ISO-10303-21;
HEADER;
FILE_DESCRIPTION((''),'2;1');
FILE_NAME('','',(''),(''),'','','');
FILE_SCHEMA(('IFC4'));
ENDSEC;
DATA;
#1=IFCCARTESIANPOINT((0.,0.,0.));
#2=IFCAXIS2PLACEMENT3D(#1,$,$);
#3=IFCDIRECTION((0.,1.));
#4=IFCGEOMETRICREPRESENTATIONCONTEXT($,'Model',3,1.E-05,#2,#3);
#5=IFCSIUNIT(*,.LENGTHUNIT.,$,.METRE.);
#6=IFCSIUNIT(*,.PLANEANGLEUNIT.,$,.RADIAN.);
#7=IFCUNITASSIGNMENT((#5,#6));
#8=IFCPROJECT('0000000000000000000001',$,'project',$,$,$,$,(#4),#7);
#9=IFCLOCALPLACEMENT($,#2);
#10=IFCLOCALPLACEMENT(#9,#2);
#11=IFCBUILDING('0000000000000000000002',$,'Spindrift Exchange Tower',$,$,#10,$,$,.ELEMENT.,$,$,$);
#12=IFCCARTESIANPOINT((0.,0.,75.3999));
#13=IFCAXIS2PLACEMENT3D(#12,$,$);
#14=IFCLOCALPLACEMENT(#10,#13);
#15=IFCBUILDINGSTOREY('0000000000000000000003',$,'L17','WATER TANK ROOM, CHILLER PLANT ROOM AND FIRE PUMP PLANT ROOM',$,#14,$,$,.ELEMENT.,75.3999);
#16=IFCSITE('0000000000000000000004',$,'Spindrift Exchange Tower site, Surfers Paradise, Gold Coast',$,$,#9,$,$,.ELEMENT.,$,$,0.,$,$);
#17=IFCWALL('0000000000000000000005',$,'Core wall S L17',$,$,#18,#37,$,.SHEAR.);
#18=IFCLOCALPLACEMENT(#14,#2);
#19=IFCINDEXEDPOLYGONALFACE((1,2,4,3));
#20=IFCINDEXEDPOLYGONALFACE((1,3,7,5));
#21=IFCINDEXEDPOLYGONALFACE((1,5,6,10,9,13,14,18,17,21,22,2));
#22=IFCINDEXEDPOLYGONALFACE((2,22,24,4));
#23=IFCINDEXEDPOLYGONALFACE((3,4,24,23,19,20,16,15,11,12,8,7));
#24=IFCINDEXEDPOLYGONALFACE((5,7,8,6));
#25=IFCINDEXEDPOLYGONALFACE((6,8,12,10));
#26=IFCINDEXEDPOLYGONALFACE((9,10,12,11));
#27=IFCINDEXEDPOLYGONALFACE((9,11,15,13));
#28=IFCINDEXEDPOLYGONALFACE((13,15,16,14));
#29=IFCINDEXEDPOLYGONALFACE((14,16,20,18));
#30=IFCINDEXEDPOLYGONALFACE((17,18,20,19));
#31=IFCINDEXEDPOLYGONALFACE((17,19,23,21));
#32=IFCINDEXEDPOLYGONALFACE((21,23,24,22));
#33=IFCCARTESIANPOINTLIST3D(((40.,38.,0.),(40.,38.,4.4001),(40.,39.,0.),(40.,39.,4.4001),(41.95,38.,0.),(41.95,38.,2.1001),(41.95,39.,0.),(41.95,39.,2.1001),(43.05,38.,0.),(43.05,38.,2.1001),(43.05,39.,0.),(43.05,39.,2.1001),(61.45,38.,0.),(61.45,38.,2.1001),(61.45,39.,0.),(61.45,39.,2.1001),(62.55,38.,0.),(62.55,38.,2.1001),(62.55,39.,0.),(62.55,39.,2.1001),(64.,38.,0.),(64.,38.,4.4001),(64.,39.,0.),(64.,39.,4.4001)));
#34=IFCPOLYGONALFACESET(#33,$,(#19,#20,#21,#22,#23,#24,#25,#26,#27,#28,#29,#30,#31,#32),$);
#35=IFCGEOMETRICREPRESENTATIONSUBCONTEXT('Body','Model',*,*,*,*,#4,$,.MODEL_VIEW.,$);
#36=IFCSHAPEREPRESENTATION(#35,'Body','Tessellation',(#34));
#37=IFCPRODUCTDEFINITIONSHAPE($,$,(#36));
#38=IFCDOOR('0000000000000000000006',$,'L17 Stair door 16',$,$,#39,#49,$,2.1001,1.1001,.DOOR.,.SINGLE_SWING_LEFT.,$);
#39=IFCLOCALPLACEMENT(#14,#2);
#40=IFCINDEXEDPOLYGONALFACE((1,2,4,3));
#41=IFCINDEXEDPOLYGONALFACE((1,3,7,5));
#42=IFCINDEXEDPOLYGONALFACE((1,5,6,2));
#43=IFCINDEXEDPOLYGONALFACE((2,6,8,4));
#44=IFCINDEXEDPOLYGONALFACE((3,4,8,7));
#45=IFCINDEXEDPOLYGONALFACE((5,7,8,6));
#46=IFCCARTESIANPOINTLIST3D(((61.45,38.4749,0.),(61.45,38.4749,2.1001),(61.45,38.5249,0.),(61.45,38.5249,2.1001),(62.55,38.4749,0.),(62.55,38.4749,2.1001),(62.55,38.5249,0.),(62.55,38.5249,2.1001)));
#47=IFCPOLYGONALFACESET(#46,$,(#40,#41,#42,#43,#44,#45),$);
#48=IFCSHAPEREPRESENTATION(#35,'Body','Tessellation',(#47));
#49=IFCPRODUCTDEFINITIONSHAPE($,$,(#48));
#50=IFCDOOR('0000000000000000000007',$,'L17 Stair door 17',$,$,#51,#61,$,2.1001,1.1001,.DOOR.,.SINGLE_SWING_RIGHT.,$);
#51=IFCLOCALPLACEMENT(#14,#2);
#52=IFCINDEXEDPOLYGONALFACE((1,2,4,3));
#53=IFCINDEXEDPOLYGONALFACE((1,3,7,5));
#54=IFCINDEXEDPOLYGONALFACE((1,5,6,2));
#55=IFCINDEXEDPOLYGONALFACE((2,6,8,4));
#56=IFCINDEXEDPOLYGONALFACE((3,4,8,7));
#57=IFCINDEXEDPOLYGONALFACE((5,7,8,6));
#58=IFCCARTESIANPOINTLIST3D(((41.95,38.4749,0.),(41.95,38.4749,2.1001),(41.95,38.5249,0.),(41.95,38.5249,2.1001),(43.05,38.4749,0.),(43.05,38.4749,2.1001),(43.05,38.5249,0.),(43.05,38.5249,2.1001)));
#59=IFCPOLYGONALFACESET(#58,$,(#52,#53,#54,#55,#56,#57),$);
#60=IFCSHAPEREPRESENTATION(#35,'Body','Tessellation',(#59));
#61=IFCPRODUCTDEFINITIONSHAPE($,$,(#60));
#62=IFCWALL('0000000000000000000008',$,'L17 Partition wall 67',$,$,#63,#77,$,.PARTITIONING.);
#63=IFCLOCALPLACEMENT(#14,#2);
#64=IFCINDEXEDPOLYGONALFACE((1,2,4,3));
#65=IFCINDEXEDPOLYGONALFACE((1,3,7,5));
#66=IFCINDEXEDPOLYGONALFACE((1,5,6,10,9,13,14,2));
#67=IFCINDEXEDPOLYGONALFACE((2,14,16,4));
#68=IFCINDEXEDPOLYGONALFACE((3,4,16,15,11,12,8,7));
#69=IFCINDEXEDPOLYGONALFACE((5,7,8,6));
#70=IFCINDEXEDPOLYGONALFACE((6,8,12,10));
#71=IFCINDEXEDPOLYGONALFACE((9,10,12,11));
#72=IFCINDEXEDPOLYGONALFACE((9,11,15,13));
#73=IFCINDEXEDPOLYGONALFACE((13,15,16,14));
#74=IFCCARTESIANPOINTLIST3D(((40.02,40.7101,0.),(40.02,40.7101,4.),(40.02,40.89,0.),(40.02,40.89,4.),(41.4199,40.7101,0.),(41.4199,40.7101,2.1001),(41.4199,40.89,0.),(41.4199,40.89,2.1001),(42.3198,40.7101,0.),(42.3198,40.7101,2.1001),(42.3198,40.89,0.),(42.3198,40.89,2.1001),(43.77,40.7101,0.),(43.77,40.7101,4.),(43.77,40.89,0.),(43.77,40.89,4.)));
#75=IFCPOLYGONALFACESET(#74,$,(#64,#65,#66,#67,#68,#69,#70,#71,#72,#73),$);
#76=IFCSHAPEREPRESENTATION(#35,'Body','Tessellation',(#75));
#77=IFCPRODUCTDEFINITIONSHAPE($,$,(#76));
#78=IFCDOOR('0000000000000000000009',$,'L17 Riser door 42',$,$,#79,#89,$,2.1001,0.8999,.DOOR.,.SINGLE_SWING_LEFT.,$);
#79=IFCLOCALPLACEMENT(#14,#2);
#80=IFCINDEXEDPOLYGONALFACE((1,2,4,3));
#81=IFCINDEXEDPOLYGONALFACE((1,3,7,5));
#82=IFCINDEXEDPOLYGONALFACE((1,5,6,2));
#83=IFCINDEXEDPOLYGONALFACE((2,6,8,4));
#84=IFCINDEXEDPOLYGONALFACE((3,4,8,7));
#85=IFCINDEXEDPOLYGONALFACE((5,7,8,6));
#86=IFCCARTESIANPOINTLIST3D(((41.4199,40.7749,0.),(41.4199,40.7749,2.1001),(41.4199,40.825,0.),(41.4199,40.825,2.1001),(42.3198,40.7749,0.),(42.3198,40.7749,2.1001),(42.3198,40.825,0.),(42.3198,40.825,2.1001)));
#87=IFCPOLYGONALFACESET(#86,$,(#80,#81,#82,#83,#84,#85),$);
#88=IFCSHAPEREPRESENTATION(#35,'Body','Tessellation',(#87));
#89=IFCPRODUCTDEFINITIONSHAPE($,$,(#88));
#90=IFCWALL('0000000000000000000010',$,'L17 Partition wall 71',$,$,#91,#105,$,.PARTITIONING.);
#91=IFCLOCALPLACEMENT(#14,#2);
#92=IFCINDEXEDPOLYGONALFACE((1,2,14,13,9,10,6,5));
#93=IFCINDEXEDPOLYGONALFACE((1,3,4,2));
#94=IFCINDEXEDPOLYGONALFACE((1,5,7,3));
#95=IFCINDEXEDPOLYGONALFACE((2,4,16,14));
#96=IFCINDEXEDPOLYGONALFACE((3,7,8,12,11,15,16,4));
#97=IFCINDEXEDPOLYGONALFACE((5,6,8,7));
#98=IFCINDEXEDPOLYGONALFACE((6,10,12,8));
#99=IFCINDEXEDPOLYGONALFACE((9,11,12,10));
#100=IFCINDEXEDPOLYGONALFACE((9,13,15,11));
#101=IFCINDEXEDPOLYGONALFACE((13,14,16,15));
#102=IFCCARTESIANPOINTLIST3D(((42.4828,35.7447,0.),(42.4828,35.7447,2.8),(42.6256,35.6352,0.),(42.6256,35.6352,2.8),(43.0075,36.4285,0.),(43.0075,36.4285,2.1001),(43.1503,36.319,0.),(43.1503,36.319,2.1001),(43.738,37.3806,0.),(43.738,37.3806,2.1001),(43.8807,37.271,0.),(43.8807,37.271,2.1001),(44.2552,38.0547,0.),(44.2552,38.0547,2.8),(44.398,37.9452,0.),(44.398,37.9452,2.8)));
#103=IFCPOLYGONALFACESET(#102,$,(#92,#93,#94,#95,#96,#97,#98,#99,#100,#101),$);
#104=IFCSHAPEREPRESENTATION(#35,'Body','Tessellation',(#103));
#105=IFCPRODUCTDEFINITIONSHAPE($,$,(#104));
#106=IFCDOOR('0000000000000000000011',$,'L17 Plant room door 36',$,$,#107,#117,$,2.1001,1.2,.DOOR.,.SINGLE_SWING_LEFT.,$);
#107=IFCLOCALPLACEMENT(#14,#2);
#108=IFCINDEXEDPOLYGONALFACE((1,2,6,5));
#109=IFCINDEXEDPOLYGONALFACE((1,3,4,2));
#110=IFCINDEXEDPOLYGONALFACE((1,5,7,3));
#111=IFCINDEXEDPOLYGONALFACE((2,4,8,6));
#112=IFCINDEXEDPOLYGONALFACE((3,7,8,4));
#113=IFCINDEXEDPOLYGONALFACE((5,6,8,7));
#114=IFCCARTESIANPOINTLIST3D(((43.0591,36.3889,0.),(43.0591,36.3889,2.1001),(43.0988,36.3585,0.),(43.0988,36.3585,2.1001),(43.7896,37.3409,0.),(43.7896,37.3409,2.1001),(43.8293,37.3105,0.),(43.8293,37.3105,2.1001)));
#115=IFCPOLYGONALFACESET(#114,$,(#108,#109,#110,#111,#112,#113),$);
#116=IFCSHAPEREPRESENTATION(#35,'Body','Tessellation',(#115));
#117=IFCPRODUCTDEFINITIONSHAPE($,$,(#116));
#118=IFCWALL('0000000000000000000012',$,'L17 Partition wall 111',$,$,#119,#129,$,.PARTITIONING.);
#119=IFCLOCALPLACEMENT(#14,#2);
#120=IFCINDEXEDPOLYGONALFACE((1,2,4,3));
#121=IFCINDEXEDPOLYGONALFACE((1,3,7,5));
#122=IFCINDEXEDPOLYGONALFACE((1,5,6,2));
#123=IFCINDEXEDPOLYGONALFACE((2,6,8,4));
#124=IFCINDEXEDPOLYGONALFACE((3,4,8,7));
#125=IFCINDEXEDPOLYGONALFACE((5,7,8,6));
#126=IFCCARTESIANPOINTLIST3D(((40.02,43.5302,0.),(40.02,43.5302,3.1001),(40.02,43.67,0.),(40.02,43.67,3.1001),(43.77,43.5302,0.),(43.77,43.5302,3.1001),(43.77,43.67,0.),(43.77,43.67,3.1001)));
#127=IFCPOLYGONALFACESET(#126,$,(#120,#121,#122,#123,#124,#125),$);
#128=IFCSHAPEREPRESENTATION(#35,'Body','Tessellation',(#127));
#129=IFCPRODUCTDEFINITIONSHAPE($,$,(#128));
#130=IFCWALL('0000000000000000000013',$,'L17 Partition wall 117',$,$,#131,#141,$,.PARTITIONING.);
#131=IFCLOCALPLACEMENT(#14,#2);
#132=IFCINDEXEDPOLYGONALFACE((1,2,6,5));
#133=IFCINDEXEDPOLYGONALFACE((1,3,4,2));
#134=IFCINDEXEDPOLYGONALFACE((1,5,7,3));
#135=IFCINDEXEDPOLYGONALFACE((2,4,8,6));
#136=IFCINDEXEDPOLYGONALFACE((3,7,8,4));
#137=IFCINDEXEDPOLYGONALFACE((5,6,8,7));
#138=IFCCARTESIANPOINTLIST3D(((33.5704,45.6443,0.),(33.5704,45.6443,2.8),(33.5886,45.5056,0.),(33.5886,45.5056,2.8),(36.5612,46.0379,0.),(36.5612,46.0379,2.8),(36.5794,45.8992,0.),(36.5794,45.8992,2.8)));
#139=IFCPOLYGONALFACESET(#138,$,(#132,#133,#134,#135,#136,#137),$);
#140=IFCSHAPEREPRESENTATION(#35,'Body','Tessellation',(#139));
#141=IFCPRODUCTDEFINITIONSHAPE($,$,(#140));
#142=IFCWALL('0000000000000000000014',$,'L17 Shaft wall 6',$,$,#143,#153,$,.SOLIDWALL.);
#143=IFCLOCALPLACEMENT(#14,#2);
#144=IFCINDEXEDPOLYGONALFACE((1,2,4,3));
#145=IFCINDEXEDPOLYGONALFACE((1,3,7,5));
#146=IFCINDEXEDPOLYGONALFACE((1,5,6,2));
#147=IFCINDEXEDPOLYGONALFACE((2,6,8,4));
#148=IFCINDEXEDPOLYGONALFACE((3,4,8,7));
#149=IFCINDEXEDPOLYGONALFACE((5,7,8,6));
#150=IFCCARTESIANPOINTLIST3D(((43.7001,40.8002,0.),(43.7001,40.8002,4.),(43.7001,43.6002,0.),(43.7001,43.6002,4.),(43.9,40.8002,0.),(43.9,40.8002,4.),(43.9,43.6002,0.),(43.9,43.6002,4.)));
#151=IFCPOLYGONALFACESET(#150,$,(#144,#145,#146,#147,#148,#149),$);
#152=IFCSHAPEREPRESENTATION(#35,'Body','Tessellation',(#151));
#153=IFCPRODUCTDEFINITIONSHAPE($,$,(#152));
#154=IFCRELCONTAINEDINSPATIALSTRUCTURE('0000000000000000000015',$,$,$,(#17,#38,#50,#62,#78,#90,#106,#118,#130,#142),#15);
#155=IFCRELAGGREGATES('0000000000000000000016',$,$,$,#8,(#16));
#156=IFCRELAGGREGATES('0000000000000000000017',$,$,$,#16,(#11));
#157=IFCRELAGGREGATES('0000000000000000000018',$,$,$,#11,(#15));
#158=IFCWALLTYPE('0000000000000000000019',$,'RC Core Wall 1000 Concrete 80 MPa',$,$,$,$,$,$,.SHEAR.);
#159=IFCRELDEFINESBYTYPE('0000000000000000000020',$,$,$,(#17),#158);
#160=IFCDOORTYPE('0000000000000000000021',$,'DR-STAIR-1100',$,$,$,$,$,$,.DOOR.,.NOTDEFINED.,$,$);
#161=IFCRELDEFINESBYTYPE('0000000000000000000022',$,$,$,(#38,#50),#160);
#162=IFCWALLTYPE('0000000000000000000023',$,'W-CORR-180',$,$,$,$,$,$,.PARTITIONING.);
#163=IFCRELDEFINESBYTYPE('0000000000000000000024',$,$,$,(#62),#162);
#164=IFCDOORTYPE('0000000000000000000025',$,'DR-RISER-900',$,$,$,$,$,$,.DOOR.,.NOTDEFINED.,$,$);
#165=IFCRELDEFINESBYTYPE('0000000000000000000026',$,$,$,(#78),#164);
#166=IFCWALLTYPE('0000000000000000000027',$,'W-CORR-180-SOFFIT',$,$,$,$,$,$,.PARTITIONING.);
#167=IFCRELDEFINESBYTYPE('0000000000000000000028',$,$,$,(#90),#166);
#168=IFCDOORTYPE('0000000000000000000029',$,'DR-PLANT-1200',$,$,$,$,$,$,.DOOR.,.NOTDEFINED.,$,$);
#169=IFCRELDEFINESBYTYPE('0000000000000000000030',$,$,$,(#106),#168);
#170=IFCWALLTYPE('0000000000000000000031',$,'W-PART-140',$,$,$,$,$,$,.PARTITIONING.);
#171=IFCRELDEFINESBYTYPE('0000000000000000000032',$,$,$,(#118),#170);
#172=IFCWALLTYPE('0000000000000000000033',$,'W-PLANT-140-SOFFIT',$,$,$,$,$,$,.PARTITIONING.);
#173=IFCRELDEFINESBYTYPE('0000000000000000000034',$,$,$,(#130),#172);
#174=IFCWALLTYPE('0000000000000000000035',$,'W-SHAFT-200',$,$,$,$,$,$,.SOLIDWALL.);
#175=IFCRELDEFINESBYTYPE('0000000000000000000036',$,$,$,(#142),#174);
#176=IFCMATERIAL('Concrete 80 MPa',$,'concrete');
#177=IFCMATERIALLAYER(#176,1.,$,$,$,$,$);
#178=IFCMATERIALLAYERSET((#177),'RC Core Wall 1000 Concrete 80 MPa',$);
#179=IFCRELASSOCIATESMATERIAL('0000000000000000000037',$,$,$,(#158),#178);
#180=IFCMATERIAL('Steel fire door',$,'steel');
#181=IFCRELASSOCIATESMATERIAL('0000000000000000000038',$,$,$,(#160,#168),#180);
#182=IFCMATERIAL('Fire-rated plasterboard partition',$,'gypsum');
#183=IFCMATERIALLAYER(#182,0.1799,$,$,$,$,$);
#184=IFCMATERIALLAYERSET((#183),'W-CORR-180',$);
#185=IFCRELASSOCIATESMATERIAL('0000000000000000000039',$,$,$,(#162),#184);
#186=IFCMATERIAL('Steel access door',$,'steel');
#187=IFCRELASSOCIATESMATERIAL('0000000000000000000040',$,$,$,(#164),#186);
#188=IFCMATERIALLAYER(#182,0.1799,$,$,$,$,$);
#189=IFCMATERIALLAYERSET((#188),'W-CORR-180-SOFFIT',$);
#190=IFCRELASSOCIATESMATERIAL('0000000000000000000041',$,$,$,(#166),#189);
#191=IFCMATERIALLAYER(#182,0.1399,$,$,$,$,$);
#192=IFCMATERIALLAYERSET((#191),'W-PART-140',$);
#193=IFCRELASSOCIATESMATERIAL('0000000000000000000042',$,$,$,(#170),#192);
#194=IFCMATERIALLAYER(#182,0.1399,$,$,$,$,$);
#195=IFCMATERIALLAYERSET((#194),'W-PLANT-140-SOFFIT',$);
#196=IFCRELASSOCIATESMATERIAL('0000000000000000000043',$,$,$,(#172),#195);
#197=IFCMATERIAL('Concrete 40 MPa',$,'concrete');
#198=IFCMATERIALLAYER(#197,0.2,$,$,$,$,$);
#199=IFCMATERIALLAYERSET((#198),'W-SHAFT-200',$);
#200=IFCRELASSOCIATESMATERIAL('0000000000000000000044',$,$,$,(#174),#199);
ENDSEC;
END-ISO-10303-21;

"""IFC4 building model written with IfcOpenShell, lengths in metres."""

from ifc_helpers import new_model, si_unit, direction, frame, frame_2d, origin, place, context, subcontext, project, spatial, rectangle, extrude, source, transform, mapped, material, layer, layer_set, type_object, element, fill, save


model = new_model("IFC4")

# Units and contexts
model_context = context("Model", 3, precision=1e-05, world=origin(), true_north=direction((0.0, 1.0)))
body_context = subcontext(model_context, "Body", "Model", "MODEL_VIEW")
ifc_project = project(units=[si_unit("LENGTHUNIT", "METRE"), si_unit("PLANEANGLEUNIT", "RADIAN")], contexts=[model_context])

# Site, building, storey
site_placement = place(None, origin())
site = spatial("IfcSite", under=ifc_project, at=site_placement, Name="Spindrift Exchange Tower site, Surfers Paradise, Gold Coast", CompositionType="ELEMENT", RefElevation=0.0)
building_placement = place(site_placement, origin())
building = spatial("IfcBuilding", under=site, at=building_placement, Name="Spindrift Exchange Tower", CompositionType="ELEMENT")
storey_placement = place(building_placement, frame((0.0, 0.0, 75.3999)))
storey = spatial("IfcBuildingStorey", under=building, at=storey_placement, Name="L17", Description="WATER TANK ROOM, CHILLER PLANT ROOM AND FIRE PUMP PLANT ROOM", CompositionType="ELEMENT", Elevation=75.3999)

# Wall, openings, doors
ifc_material_1 = material(Name="Concrete 80 MPa", Category="concrete")
ifc_layer_1 = layer(ifc_material_1, 1.0)
ifc_layer_set_1 = layer_set([ifc_layer_1], Name="RC Core Wall 1000 Concrete 80 MPa")
wall_type_1 = type_object("IfcWallType", Name="RC Core Wall 1000 Concrete 80 MPa", PredefinedType="SHEAR", material=ifc_layer_set_1)
wall_1_placement = place(storey_placement, frame((40.0, 38.5, 0.0), z_axis=(0.0, 0.0, 1.0), x_axis=(1.0, 0.0, 0.0)))
wall_1 = element("IfcWall", 1, at=wall_1_placement, inside=storey, type_object=wall_type_1, Name="Core wall S L17", PredefinedType="SHEAR", context=body_context, shape_type="SweptSolid", body=[
    extrude(rectangle(XDim=24.0, YDim=1.0, at=frame_2d((12.0, 0.0))), origin(), (0.0, 0.0, 1.0), 4.4001),
])
opening_1_placement = place(wall_1_placement, frame((21.45, 0.0, 0.0)))
opening_1 = element("IfcOpeningElement", 2, at=opening_1_placement, cuts=wall_1, PredefinedType="OPENING", context=body_context, shape_type="SweptSolid", body=[
    extrude(rectangle(XDim=1.1001, YDim=2.1001, at=frame_2d((0.55, 1.05))), frame((0.0, 0.51, 0.0), z_axis=(0.0, -1.0, 0.0), x_axis=(1.0, 0.0, 0.0)), (0.0, 0.0, 1.0), 1.02),
])
opening_2_placement = place(wall_1_placement, frame((1.95, 0.0, 0.0)))
opening_2 = element("IfcOpeningElement", 3, at=opening_2_placement, cuts=wall_1, PredefinedType="OPENING", context=body_context, shape_type="SweptSolid", body=[
    extrude(rectangle(XDim=1.1001, YDim=2.1001, at=frame_2d((0.55, 1.05))), frame((0.0, 0.51, 0.0), z_axis=(0.0, -1.0, 0.0), x_axis=(1.0, 0.0, 0.0)), (0.0, 0.0, 1.0), 1.02),
])
ifc_material_2 = material(Name="Steel fire door", Category="steel")
door_type_1 = type_object("IfcDoorType", Name="DR-STAIR-1100", OperationType="NOTDEFINED", PredefinedType="DOOR", material=ifc_material_2)
shared_shape_1 = source(origin(), body_context, "Body", "SweptSolid", [
    extrude(rectangle(XDim=1.1001, YDim=2.1001, at=frame_2d((0.55, 1.05))), frame((0.0, 0.0249, 0.0), z_axis=(0.0, -1.0, 0.0), x_axis=(1.0, 0.0, 0.0)), (0.0, 0.0, 1.0), 0.05),
])
door_1_placement = place(opening_1_placement, origin())
door_1 = element("IfcDoor", 4, at=door_1_placement, inside=storey, type_object=door_type_1, Name="L17 Stair door 16", OperationType="SINGLE_SWING_LEFT", OverallHeight=2.1001, OverallWidth=1.1001, PredefinedType="DOOR", context=body_context, shape_type="MappedRepresentation", body=[
    mapped(shared_shape_1, transform((0.0, 0.0, 0.0), scale=1.0)),
])
fill(opening_1, door_1)
door_2_placement = place(opening_2_placement, origin())
door_2 = element("IfcDoor", 5, at=door_2_placement, inside=storey, type_object=door_type_1, Name="L17 Stair door 17", OperationType="SINGLE_SWING_RIGHT", OverallHeight=2.1001, OverallWidth=1.1001, PredefinedType="DOOR", context=body_context, shape_type="MappedRepresentation", body=[
    mapped(shared_shape_1, transform((0.0, 0.0, 0.0), scale=1.0)),
])
fill(opening_2, door_2)

# Walls, openings, doors
ifc_material_3 = material(Name="Fire-rated plasterboard partition", Category="gypsum")
ifc_layer_2 = layer(ifc_material_3, 0.1799)
ifc_layer_set_2 = layer_set([ifc_layer_2], Name="W-CORR-180")
wall_type_2 = type_object("IfcWallType", Name="W-CORR-180", PredefinedType="PARTITIONING", material=ifc_layer_set_2)
wall_2_placement = place(storey_placement, frame((40.02, 40.8, 0.0), z_axis=(0.0, 0.0, 1.0), x_axis=(1.0, 0.0, 0.0)))
wall_2 = element("IfcWall", 6, at=wall_2_placement, inside=storey, type_object=wall_type_2, Name="L17 Partition wall 67", PredefinedType="PARTITIONING", context=body_context, shape_type="SweptSolid", body=[
    extrude(rectangle(XDim=3.75, YDim=0.1799, at=frame_2d((1.875, 0.0))), origin(), (0.0, 0.0, 1.0), 4.0),
])
opening_3_placement = place(wall_2_placement, frame((1.3999, 0.0, 0.0)))
opening_3 = element("IfcOpeningElement", 7, at=opening_3_placement, cuts=wall_2, PredefinedType="OPENING", context=body_context, shape_type="SweptSolid", body=[
    extrude(rectangle(XDim=0.8999, YDim=2.1001, at=frame_2d((0.45, 1.05))), frame((0.0, 0.0999, 0.0), z_axis=(0.0, -1.0, 0.0), x_axis=(1.0, 0.0, 0.0)), (0.0, 0.0, 1.0), 0.2),
])
ifc_material_4 = material(Name="Steel access door", Category="steel")
door_type_2 = type_object("IfcDoorType", Name="DR-RISER-900", OperationType="NOTDEFINED", PredefinedType="DOOR", material=ifc_material_4)
shared_shape_2 = source(origin(), body_context, "Body", "SweptSolid", [
    extrude(rectangle(XDim=0.8999, YDim=2.1001, at=frame_2d((0.45, 1.05))), frame((0.0, 0.0249, 0.0), z_axis=(0.0, -1.0, 0.0), x_axis=(1.0, 0.0, 0.0)), (0.0, 0.0, 1.0), 0.05),
])
door_3_placement = place(opening_3_placement, origin())
door_3 = element("IfcDoor", 8, at=door_3_placement, inside=storey, type_object=door_type_2, Name="L17 Riser door 42", OperationType="SINGLE_SWING_LEFT", OverallHeight=2.1001, OverallWidth=0.8999, PredefinedType="DOOR", context=body_context, shape_type="MappedRepresentation", body=[
    mapped(shared_shape_2, transform((0.0, 0.0, 0.0), scale=1.0)),
])
fill(opening_3, door_3)
ifc_layer_3 = layer(ifc_material_3, 0.1799)
ifc_layer_set_3 = layer_set([ifc_layer_3], Name="W-CORR-180-SOFFIT")
wall_type_3 = type_object("IfcWallType", Name="W-CORR-180-SOFFIT", PredefinedType="PARTITIONING", material=ifc_layer_set_3)
wall_3_placement = place(storey_placement, frame((42.5542, 35.6899, 0.0), z_axis=(0.0, 0.0, 1.0), x_axis=(0.608738, 0.793371, 0.0)))
wall_3 = element("IfcWall", 9, at=wall_3_placement, inside=storey, type_object=wall_type_3, Name="L17 Partition wall 71", PredefinedType="PARTITIONING", context=body_context, shape_type="SweptSolid", body=[
    extrude(rectangle(XDim=2.9116, YDim=0.1799, at=frame_2d((1.4558, 0.0))), origin(), (0.0, 0.0, 1.0), 2.8),
])
opening_4_placement = place(wall_3_placement, frame((0.8618, 0.0, 0.0)))
opening_4 = element("IfcOpeningElement", 10, at=opening_4_placement, cuts=wall_3, PredefinedType="OPENING", context=body_context, shape_type="SweptSolid", body=[
    extrude(rectangle(XDim=1.2, YDim=2.1001, at=frame_2d((0.6001, 1.05))), frame((0.0, 0.0999, 0.0), z_axis=(0.0, -1.0, 0.0), x_axis=(1.0, 0.0, 0.0)), (0.0, 0.0, 1.0), 0.2),
])
door_type_3 = type_object("IfcDoorType", Name="DR-PLANT-1200", OperationType="NOTDEFINED", PredefinedType="DOOR", material=ifc_material_2)
shared_shape_3 = source(origin(), body_context, "Body", "SweptSolid", [
    extrude(rectangle(XDim=1.2, YDim=2.1001, at=frame_2d((0.6001, 1.05))), frame((0.0, 0.0249, 0.0), z_axis=(0.0, -1.0, 0.0), x_axis=(1.0, 0.0, 0.0)), (0.0, 0.0, 1.0), 0.05),
])
door_4_placement = place(opening_4_placement, origin())
door_4 = element("IfcDoor", 11, at=door_4_placement, inside=storey, type_object=door_type_3, Name="L17 Plant room door 36", OperationType="SINGLE_SWING_LEFT", OverallHeight=2.1001, OverallWidth=1.2, PredefinedType="DOOR", context=body_context, shape_type="MappedRepresentation", body=[
    mapped(shared_shape_3, transform((0.0, 0.0, 0.0), scale=1.0)),
])
fill(opening_4, door_4)

# Walls
ifc_layer_4 = layer(ifc_material_3, 0.1399)
ifc_layer_set_4 = layer_set([ifc_layer_4], Name="W-PART-140")
wall_type_4 = type_object("IfcWallType", Name="W-PART-140", PredefinedType="PARTITIONING", material=ifc_layer_set_4)
wall_4_placement = place(storey_placement, frame((43.77, 43.6001, 0.0), z_axis=(0.0, 0.0, 1.0), x_axis=(-1.0, 0.0, 0.0)))
element("IfcWall", 12, at=wall_4_placement, inside=storey, type_object=wall_type_4, Name="L17 Partition wall 111", PredefinedType="PARTITIONING", context=body_context, shape_type="SweptSolid", body=[
    extrude(rectangle(XDim=3.75, YDim=0.1399, at=frame_2d((1.875, 0.0))), origin(), (0.0, 0.0, 1.0), 3.1001),
])
ifc_layer_5 = layer(ifc_material_3, 0.1399)
ifc_layer_set_5 = layer_set([ifc_layer_5], Name="W-PLANT-140-SOFFIT")
wall_type_5 = type_object("IfcWallType", Name="W-PLANT-140-SOFFIT", PredefinedType="PARTITIONING", material=ifc_layer_set_5)
wall_5_placement = place(storey_placement, frame((36.5703, 45.9685, 0.0), z_axis=(0.0, 0.0, 1.0), x_axis=(-0.991453, -0.130467, 0.0)))
element("IfcWall", 13, at=wall_5_placement, inside=storey, type_object=wall_type_5, Name="L17 Partition wall 117", PredefinedType="PARTITIONING", context=body_context, shape_type="SweptSolid", body=[
    extrude(rectangle(XDim=3.0166, YDim=0.1399, at=frame_2d((1.5083, 0.0))), origin(), (0.0, 0.0, 1.0), 2.8),
])
ifc_material_5 = material(Name="Concrete 40 MPa", Category="concrete")
ifc_layer_6 = layer(ifc_material_5, 0.2)
ifc_layer_set_6 = layer_set([ifc_layer_6], Name="W-SHAFT-200")
wall_type_6 = type_object("IfcWallType", Name="W-SHAFT-200", PredefinedType="SOLIDWALL", material=ifc_layer_set_6)
wall_6_placement = place(storey_placement, frame((43.8, 43.6001, 0.0), z_axis=(0.0, 0.0, 1.0), x_axis=(0.0, -1.0, 0.0)))
element("IfcWall", 14, at=wall_6_placement, inside=storey, type_object=wall_type_6, Name="L17 Shaft wall 6", PredefinedType="SOLIDWALL", context=body_context, shape_type="SweptSolid", body=[
    extrude(rectangle(XDim=2.8, YDim=0.2, at=frame_2d((1.3999, 0.0))), origin(), (0.0, 0.0, 1.0), 4.0),
])

save(model, "model.ifc")
